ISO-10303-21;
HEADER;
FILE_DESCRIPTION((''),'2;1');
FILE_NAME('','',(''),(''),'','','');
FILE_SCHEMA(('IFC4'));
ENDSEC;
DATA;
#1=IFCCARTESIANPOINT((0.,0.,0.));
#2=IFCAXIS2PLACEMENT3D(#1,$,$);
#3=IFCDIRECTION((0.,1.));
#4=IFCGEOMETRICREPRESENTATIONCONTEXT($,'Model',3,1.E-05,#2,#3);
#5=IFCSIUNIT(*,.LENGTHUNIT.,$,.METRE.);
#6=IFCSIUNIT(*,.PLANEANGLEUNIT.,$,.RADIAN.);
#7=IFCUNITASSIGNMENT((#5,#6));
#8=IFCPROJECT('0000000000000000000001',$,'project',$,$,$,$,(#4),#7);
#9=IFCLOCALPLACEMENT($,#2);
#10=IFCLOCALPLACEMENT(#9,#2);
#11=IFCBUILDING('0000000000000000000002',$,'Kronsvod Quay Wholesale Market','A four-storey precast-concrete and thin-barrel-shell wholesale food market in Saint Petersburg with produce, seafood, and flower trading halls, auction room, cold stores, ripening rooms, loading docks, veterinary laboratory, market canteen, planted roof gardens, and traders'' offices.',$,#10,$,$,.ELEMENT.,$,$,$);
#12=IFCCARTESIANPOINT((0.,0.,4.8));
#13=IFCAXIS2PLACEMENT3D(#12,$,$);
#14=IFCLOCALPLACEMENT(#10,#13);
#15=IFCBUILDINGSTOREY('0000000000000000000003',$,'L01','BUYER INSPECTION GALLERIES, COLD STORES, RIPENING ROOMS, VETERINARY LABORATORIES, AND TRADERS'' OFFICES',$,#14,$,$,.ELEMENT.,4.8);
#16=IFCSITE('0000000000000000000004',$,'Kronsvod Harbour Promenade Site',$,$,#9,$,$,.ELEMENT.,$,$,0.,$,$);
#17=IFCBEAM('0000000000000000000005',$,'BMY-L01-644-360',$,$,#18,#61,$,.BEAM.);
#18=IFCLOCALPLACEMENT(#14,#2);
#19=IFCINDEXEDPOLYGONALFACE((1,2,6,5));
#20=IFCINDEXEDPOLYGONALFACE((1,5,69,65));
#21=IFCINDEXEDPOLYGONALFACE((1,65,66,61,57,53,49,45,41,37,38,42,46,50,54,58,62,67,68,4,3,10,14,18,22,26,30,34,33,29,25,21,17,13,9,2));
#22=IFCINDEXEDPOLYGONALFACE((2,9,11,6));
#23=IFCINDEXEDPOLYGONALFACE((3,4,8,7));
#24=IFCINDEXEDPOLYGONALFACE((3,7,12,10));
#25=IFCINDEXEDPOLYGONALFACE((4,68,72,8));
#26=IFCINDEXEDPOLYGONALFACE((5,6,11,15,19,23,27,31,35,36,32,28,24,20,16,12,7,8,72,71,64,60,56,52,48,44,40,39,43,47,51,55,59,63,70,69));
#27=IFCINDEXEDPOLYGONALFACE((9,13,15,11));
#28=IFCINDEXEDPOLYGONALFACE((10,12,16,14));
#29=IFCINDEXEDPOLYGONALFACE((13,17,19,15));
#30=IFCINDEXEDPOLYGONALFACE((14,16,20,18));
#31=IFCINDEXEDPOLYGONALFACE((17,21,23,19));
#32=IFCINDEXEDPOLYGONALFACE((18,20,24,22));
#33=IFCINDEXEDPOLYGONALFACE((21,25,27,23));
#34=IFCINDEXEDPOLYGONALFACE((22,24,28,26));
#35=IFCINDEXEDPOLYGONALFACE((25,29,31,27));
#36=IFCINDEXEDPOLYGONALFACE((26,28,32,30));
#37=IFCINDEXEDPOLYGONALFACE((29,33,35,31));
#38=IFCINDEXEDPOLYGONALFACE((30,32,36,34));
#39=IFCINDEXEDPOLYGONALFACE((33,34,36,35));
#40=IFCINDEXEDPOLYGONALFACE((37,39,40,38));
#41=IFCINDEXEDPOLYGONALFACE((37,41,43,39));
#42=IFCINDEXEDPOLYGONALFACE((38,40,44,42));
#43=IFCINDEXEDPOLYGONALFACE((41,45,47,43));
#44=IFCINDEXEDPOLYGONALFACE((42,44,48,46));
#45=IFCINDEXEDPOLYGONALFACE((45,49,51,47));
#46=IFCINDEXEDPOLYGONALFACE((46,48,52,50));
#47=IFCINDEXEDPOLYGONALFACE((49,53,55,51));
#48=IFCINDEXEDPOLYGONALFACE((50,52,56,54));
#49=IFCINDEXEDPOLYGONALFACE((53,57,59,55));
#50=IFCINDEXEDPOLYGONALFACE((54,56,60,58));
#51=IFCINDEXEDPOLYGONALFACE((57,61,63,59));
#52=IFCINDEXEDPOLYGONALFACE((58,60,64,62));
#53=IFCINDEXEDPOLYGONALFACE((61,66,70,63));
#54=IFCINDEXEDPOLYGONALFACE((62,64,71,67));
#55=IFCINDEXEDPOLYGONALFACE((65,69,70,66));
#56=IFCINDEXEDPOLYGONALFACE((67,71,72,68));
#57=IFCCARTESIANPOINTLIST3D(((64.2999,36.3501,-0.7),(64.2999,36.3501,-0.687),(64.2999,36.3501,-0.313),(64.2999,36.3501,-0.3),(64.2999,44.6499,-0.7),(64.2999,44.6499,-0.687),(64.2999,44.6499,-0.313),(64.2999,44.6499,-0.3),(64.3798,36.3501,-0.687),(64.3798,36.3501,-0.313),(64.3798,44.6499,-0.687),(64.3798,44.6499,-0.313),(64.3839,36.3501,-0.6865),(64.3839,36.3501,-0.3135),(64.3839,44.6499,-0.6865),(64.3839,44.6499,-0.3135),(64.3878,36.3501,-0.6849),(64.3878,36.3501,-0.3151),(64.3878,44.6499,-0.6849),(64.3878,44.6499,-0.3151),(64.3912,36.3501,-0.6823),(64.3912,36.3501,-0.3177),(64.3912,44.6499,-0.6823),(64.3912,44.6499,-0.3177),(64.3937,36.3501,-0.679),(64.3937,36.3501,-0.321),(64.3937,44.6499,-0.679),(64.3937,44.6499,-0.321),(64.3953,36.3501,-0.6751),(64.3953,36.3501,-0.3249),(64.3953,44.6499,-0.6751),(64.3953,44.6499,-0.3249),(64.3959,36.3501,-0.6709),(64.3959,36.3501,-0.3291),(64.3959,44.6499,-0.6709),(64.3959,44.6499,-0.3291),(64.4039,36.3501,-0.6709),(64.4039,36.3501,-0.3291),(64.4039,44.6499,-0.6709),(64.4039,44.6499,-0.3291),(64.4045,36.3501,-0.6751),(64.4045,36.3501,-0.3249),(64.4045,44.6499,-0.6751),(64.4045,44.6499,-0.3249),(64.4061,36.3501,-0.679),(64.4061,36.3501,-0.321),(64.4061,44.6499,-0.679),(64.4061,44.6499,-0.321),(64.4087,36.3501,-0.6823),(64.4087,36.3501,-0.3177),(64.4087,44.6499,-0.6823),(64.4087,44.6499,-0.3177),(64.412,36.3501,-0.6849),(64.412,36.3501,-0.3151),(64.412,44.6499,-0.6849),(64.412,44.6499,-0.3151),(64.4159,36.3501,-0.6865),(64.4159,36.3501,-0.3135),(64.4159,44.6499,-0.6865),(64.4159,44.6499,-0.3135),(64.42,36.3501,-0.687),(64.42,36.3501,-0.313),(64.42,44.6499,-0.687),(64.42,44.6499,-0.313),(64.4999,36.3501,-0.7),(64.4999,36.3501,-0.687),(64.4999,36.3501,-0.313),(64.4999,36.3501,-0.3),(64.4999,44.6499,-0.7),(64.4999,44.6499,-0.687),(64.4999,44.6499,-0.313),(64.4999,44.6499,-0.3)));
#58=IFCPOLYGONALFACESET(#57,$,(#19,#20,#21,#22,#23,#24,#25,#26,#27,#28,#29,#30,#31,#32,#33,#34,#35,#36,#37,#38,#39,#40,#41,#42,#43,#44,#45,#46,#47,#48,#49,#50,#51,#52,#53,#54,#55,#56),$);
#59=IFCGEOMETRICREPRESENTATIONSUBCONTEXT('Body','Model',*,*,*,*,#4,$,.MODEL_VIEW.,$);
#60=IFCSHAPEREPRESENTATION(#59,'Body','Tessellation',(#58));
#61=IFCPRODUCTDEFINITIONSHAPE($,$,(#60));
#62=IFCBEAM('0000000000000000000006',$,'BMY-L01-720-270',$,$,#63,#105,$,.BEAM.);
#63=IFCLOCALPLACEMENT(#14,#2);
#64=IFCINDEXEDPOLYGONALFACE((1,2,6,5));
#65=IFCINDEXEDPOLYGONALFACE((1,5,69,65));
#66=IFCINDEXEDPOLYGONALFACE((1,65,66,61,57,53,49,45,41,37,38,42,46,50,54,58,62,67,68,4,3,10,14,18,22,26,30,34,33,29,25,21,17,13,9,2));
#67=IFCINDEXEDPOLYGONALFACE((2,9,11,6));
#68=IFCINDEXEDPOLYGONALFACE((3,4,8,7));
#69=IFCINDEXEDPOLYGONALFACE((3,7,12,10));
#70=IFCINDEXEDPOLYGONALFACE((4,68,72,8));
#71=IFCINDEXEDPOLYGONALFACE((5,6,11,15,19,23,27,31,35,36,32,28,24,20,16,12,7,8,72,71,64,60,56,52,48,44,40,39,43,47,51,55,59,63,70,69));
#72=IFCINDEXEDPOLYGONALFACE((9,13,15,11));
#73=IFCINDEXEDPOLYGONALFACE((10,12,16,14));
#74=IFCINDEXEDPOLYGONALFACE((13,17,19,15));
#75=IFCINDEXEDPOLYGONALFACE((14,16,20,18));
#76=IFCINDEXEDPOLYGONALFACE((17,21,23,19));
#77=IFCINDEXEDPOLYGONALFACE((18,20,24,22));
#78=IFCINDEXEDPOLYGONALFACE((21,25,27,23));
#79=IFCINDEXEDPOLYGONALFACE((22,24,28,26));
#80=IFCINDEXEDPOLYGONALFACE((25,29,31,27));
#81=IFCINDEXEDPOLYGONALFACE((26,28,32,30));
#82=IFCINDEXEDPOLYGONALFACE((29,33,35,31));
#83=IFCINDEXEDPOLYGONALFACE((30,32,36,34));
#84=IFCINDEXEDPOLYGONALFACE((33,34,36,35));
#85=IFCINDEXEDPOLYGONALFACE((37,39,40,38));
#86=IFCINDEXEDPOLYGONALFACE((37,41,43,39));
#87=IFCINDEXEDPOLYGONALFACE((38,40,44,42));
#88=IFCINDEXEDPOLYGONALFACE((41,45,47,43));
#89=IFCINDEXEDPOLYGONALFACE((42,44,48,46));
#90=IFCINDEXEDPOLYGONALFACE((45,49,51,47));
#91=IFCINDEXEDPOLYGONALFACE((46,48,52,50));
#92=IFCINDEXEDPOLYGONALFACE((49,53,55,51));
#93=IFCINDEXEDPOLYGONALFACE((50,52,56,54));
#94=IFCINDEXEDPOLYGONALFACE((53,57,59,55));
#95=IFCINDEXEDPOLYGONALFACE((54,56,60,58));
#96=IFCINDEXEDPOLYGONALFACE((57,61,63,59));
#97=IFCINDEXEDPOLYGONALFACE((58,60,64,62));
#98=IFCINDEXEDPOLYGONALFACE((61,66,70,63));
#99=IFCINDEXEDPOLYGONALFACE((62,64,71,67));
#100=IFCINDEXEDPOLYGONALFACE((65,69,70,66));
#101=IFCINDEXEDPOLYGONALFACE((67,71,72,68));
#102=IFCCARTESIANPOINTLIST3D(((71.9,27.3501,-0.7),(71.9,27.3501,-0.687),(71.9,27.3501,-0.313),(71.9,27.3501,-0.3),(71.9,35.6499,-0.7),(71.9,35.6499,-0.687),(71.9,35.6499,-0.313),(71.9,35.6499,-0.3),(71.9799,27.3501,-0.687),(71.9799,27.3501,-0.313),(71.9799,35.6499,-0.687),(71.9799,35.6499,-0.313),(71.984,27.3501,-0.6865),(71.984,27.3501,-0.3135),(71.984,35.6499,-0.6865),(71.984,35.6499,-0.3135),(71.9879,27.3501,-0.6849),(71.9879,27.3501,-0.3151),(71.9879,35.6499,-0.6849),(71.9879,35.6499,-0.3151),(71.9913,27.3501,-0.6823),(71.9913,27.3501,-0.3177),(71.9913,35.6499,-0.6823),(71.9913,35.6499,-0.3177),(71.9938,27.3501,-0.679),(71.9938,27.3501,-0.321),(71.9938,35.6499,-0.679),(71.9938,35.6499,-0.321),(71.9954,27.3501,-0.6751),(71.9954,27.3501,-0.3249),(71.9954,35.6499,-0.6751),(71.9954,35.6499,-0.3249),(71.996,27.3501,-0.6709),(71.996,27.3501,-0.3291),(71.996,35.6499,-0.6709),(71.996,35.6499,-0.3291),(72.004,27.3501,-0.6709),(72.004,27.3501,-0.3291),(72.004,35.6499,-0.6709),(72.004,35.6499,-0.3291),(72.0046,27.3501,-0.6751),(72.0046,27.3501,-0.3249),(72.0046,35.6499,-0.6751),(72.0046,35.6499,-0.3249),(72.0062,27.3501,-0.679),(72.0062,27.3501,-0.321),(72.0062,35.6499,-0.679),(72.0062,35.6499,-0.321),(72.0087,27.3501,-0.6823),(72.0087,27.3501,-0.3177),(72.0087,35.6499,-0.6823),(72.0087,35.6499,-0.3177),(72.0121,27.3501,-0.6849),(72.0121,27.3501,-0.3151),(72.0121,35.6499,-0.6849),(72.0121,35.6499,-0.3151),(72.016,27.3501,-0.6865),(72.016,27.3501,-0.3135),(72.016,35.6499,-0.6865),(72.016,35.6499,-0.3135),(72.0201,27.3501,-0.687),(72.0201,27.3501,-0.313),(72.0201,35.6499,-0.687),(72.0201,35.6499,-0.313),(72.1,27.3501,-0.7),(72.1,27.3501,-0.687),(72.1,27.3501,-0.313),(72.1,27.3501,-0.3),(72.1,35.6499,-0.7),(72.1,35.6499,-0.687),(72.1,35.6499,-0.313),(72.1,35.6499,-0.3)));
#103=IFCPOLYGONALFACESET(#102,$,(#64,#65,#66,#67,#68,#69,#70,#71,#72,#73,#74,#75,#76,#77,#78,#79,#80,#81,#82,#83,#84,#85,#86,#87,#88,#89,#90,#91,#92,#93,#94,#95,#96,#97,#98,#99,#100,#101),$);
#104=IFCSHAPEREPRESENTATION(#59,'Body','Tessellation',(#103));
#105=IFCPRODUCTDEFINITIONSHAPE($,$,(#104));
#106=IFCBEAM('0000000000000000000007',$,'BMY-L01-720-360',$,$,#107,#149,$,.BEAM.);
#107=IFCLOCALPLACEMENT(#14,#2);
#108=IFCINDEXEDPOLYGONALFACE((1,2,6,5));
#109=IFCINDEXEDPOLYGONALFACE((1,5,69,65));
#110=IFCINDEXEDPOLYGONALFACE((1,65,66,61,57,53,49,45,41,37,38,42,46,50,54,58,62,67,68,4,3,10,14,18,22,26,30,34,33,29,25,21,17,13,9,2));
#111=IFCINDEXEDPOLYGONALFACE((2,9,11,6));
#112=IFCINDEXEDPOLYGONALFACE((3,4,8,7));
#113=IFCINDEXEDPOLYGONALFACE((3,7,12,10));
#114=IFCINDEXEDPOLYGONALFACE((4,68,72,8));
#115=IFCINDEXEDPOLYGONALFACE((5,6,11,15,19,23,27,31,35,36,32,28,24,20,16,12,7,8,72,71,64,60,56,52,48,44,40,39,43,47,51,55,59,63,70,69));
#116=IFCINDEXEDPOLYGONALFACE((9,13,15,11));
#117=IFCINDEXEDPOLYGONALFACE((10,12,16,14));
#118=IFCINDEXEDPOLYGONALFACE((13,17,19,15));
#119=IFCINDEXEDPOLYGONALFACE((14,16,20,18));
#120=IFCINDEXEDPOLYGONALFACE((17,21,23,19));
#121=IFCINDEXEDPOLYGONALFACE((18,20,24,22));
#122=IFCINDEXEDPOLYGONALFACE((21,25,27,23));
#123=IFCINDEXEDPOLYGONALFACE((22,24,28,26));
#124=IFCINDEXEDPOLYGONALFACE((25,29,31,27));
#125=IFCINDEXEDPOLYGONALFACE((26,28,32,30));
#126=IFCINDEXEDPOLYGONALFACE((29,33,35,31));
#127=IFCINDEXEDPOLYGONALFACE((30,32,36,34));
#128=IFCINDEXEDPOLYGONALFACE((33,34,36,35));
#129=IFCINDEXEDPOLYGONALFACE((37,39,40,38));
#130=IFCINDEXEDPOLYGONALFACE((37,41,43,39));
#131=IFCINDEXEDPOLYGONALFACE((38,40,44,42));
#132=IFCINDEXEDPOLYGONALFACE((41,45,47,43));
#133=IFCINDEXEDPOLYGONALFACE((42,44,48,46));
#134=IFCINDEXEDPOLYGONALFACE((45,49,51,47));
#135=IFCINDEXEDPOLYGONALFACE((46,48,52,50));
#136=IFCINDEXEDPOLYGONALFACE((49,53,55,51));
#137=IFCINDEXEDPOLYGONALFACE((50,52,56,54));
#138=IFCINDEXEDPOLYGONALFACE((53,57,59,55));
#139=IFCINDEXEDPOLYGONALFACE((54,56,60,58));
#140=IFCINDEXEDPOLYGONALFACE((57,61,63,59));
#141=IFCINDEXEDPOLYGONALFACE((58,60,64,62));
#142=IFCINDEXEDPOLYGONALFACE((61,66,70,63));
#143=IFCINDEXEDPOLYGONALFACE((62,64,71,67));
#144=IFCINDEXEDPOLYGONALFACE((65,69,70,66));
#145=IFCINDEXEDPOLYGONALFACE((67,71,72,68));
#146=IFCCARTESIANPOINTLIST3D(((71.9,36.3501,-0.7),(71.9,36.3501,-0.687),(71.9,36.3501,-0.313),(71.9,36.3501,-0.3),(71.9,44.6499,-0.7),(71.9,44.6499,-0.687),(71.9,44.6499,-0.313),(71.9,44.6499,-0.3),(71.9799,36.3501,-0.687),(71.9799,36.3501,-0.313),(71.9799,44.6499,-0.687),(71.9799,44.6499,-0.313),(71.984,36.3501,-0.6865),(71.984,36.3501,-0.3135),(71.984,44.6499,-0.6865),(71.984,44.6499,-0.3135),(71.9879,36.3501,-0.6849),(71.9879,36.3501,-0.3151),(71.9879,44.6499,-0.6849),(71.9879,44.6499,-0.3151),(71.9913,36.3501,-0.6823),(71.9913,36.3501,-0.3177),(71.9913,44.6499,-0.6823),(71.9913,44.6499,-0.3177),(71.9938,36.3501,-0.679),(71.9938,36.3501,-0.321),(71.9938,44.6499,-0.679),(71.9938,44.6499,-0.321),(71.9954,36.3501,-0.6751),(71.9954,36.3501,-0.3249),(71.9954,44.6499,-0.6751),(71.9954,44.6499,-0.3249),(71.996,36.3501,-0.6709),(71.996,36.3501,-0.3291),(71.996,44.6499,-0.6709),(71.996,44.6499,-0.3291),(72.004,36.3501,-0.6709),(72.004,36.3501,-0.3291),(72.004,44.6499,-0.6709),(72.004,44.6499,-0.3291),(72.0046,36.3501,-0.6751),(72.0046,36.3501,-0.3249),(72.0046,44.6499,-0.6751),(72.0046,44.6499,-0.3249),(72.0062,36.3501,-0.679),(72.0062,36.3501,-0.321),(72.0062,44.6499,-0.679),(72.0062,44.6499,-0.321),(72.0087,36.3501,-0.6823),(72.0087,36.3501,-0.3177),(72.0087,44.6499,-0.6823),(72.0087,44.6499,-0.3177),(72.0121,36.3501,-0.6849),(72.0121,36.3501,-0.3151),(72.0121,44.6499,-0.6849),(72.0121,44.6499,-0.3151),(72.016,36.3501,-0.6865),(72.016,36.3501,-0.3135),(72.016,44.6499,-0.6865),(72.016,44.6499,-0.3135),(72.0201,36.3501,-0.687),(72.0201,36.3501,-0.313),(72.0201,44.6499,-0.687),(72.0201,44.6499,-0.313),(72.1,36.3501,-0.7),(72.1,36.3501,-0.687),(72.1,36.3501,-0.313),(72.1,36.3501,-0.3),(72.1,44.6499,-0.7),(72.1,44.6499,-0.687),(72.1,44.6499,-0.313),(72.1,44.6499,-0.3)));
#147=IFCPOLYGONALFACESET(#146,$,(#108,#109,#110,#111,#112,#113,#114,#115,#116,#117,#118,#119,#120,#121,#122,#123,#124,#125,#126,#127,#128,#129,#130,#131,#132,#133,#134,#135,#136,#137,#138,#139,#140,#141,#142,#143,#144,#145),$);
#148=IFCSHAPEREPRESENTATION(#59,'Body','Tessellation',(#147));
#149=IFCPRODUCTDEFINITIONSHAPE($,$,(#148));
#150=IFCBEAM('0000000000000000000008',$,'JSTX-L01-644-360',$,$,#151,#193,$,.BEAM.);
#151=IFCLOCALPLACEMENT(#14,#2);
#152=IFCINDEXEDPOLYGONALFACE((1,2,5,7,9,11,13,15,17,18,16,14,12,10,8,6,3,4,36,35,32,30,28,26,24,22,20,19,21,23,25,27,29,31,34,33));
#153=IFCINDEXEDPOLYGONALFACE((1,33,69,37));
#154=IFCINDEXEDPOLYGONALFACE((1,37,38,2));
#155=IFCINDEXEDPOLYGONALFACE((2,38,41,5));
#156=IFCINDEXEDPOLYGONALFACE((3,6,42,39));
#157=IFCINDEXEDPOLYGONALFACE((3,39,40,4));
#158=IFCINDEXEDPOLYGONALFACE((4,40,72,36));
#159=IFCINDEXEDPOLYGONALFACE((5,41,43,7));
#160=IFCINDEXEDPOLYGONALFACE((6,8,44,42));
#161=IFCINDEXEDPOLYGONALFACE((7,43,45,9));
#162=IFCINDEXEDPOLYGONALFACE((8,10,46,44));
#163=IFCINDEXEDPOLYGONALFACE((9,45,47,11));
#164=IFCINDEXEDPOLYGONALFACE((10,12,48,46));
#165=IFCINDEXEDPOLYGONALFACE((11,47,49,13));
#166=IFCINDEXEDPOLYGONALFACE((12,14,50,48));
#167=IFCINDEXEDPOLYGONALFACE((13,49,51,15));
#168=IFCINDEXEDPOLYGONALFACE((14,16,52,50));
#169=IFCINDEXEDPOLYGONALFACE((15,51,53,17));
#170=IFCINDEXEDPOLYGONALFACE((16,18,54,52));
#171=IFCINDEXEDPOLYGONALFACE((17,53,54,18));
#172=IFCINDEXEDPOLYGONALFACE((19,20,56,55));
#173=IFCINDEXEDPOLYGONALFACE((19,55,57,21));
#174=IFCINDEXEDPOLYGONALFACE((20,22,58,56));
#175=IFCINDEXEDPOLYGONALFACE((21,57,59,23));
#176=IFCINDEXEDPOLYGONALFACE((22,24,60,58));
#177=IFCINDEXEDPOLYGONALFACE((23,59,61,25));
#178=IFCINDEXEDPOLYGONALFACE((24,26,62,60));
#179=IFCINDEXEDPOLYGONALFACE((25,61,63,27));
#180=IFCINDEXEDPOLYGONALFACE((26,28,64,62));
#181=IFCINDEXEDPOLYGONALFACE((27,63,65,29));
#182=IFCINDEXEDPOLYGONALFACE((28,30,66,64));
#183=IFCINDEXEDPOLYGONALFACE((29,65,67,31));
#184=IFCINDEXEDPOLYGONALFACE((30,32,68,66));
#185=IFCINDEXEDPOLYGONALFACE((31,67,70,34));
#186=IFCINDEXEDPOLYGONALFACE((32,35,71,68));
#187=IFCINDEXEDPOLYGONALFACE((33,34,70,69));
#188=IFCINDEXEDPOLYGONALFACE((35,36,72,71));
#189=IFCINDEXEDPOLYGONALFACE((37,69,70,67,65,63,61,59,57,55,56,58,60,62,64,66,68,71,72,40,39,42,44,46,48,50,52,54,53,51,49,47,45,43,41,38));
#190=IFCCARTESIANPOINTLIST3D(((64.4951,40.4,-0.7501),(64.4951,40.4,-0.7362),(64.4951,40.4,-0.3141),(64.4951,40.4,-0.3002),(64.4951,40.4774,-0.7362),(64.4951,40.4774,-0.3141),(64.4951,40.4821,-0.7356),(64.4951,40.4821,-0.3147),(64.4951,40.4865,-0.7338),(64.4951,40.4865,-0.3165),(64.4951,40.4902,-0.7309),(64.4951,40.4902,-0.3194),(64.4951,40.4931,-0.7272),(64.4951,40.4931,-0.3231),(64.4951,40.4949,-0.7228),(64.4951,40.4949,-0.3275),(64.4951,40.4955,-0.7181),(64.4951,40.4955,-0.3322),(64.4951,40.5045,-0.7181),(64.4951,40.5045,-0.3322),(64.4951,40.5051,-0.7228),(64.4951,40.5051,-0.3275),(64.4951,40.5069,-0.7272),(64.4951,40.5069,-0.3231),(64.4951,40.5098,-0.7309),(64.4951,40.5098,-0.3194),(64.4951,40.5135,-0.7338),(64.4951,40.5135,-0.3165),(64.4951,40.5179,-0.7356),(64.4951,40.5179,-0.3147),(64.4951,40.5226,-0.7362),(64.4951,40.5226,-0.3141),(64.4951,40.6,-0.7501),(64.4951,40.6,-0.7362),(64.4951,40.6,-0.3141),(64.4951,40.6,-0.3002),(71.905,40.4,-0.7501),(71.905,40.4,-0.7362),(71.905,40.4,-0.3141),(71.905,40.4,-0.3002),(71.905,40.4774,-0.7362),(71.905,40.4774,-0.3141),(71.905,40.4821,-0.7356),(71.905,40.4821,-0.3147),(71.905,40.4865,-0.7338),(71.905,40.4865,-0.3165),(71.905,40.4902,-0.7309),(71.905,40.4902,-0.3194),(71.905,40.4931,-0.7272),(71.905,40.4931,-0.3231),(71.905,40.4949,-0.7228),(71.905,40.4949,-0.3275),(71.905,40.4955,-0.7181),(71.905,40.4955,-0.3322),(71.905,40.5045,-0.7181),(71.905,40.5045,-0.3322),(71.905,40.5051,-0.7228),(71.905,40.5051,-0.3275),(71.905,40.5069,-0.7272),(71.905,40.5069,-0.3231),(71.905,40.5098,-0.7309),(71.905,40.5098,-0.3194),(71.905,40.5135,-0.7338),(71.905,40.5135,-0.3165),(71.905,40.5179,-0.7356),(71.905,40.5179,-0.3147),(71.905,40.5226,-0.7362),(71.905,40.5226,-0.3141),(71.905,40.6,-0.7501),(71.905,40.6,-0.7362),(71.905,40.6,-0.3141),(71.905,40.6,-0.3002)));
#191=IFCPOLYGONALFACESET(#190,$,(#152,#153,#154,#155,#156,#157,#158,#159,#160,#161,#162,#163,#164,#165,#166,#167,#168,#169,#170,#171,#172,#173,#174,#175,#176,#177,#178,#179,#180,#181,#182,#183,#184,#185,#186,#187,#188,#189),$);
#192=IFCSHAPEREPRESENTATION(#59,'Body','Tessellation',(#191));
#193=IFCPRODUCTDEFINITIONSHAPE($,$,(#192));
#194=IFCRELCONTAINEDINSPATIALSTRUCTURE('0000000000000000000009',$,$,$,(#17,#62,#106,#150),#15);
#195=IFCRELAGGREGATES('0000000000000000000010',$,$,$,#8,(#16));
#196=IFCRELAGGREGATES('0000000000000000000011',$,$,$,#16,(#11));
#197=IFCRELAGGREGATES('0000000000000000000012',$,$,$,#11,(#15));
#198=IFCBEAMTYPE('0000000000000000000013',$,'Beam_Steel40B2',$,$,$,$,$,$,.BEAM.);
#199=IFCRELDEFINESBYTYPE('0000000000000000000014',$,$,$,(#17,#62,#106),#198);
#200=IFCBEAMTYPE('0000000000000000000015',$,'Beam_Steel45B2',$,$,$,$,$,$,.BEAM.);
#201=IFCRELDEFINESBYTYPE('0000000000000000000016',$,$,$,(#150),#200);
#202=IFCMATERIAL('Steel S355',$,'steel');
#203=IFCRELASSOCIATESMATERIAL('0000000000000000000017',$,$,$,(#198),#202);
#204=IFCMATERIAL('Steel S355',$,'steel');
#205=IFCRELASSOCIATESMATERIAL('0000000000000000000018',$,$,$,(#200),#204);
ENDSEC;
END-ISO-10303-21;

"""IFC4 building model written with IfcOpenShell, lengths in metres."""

from ifc_helpers import new_model, si_unit, direction, frame, origin, origin_2d, place, context, subcontext, project, spatial, i_section, extrude, material, material_profile, profile_set, type_object, element, save


model = new_model("IFC4")

# Units and contexts
model_context = context("Model", 3, precision=1e-05, world=origin(), true_north=direction((0.0, 1.0)))
body_context = subcontext(model_context, "Body", "Model", "MODEL_VIEW")
ifc_project = project(units=[si_unit("LENGTHUNIT", "METRE"), si_unit("PLANEANGLEUNIT", "RADIAN")], contexts=[model_context])

# Site, building, storey
site_placement = place(None, origin())
site = spatial("IfcSite", under=ifc_project, at=site_placement, Name="Kronsvod Harbour Promenade Site", CompositionType="ELEMENT", RefElevation=0.0)
building_placement = place(site_placement, origin())
building = spatial("IfcBuilding", under=site, at=building_placement, Name="Kronsvod Quay Wholesale Market", Description="A four-storey precast-concrete and thin-barrel-shell wholesale food market in Saint Petersburg with produce, seafood, and flower trading halls, auction room, cold stores, ripening rooms, loading docks, veterinary laboratory, market canteen, planted roof gardens, and traders' offices.", CompositionType="ELEMENT")
storey_placement = place(building_placement, frame((0.0, 0.0, 4.8)))
storey = spatial("IfcBuildingStorey", under=building, at=storey_placement, Name="L01", Description="BUYER INSPECTION GALLERIES, COLD STORES, RIPENING ROOMS, VETERINARY LABORATORIES, AND TRADERS' OFFICES", CompositionType="ELEMENT", Elevation=4.8)

# Beams
ifc_material_1 = material(Name="Steel S355", Category="steel")
ifc_material_profile_1 = material_profile(ifc_material_1, i_section(OverallWidth=0.2, OverallDepth=0.3999, WebThickness=0.0081, FlangeThickness=0.0129, FilletRadius=0.0161, at=origin_2d()), Name="40B2")
ifc_profile_set_1 = profile_set([ifc_material_profile_1], Name="Steel S355")
beam_type_1 = type_object("IfcBeamType", Name="Beam_Steel40B2", PredefinedType="BEAM", material=ifc_profile_set_1)
for number, where, z_axis, x_axis, name in (
    (1, (64.3999, 36.3501, -0.5), (0.0, 1.0, 0.0), (-1.0, 0.0, 0.0), "BMY-L01-644-360"),
    (2, (72.0, 27.3501, -0.5), (0.0, 1.0, 0.0), (-1.0, 0.0, 0.0), "BMY-L01-720-270"),
    (3, (72.0, 36.3501, -0.5), (0.0, 1.0, 0.0), (-1.0, 0.0, 0.0), "BMY-L01-720-360"),
):
    element("IfcBeam", number, at=place(storey_placement, frame(where, z_axis=z_axis, x_axis=x_axis)), inside=storey, type_object=beam_type_1, Name=name, PredefinedType="BEAM", context=body_context, shape_type="SweptSolid", body=[
        extrude(i_section(OverallWidth=0.2, OverallDepth=0.3999, WebThickness=0.0081, FlangeThickness=0.0129, FilletRadius=0.0161, at=origin_2d()), origin(), (0.0, 0.0, 1.0), 8.2998),
    ])
ifc_material_2 = material(Name="Steel S355", Category="steel")
ifc_material_profile_2 = material_profile(ifc_material_2, i_section(OverallWidth=0.2, OverallDepth=0.45, WebThickness=0.009, FlangeThickness=0.0139, FilletRadius=0.0181, at=origin_2d()), Name="45B2")
ifc_profile_set_2 = profile_set([ifc_material_profile_2], Name="Steel S355")
beam_type_2 = type_object("IfcBeamType", Name="Beam_Steel45B2", PredefinedType="BEAM", material=ifc_profile_set_2)
beam_1_placement = place(storey_placement, frame((64.4951, 40.5, -0.5251), z_axis=(1.0, 0.0, 0.0), x_axis=(0.0, 1.0, 0.0)))
element("IfcBeam", 4, at=beam_1_placement, inside=storey, type_object=beam_type_2, Name="JSTX-L01-644-360", PredefinedType="BEAM", context=body_context, shape_type="SweptSolid", body=[
    extrude(i_section(OverallWidth=0.2, OverallDepth=0.45, WebThickness=0.009, FlangeThickness=0.0139, FilletRadius=0.0181, at=origin_2d()), origin(), (0.0, 0.0, 1.0), 7.4099),
])

save(model, "model.ifc")
